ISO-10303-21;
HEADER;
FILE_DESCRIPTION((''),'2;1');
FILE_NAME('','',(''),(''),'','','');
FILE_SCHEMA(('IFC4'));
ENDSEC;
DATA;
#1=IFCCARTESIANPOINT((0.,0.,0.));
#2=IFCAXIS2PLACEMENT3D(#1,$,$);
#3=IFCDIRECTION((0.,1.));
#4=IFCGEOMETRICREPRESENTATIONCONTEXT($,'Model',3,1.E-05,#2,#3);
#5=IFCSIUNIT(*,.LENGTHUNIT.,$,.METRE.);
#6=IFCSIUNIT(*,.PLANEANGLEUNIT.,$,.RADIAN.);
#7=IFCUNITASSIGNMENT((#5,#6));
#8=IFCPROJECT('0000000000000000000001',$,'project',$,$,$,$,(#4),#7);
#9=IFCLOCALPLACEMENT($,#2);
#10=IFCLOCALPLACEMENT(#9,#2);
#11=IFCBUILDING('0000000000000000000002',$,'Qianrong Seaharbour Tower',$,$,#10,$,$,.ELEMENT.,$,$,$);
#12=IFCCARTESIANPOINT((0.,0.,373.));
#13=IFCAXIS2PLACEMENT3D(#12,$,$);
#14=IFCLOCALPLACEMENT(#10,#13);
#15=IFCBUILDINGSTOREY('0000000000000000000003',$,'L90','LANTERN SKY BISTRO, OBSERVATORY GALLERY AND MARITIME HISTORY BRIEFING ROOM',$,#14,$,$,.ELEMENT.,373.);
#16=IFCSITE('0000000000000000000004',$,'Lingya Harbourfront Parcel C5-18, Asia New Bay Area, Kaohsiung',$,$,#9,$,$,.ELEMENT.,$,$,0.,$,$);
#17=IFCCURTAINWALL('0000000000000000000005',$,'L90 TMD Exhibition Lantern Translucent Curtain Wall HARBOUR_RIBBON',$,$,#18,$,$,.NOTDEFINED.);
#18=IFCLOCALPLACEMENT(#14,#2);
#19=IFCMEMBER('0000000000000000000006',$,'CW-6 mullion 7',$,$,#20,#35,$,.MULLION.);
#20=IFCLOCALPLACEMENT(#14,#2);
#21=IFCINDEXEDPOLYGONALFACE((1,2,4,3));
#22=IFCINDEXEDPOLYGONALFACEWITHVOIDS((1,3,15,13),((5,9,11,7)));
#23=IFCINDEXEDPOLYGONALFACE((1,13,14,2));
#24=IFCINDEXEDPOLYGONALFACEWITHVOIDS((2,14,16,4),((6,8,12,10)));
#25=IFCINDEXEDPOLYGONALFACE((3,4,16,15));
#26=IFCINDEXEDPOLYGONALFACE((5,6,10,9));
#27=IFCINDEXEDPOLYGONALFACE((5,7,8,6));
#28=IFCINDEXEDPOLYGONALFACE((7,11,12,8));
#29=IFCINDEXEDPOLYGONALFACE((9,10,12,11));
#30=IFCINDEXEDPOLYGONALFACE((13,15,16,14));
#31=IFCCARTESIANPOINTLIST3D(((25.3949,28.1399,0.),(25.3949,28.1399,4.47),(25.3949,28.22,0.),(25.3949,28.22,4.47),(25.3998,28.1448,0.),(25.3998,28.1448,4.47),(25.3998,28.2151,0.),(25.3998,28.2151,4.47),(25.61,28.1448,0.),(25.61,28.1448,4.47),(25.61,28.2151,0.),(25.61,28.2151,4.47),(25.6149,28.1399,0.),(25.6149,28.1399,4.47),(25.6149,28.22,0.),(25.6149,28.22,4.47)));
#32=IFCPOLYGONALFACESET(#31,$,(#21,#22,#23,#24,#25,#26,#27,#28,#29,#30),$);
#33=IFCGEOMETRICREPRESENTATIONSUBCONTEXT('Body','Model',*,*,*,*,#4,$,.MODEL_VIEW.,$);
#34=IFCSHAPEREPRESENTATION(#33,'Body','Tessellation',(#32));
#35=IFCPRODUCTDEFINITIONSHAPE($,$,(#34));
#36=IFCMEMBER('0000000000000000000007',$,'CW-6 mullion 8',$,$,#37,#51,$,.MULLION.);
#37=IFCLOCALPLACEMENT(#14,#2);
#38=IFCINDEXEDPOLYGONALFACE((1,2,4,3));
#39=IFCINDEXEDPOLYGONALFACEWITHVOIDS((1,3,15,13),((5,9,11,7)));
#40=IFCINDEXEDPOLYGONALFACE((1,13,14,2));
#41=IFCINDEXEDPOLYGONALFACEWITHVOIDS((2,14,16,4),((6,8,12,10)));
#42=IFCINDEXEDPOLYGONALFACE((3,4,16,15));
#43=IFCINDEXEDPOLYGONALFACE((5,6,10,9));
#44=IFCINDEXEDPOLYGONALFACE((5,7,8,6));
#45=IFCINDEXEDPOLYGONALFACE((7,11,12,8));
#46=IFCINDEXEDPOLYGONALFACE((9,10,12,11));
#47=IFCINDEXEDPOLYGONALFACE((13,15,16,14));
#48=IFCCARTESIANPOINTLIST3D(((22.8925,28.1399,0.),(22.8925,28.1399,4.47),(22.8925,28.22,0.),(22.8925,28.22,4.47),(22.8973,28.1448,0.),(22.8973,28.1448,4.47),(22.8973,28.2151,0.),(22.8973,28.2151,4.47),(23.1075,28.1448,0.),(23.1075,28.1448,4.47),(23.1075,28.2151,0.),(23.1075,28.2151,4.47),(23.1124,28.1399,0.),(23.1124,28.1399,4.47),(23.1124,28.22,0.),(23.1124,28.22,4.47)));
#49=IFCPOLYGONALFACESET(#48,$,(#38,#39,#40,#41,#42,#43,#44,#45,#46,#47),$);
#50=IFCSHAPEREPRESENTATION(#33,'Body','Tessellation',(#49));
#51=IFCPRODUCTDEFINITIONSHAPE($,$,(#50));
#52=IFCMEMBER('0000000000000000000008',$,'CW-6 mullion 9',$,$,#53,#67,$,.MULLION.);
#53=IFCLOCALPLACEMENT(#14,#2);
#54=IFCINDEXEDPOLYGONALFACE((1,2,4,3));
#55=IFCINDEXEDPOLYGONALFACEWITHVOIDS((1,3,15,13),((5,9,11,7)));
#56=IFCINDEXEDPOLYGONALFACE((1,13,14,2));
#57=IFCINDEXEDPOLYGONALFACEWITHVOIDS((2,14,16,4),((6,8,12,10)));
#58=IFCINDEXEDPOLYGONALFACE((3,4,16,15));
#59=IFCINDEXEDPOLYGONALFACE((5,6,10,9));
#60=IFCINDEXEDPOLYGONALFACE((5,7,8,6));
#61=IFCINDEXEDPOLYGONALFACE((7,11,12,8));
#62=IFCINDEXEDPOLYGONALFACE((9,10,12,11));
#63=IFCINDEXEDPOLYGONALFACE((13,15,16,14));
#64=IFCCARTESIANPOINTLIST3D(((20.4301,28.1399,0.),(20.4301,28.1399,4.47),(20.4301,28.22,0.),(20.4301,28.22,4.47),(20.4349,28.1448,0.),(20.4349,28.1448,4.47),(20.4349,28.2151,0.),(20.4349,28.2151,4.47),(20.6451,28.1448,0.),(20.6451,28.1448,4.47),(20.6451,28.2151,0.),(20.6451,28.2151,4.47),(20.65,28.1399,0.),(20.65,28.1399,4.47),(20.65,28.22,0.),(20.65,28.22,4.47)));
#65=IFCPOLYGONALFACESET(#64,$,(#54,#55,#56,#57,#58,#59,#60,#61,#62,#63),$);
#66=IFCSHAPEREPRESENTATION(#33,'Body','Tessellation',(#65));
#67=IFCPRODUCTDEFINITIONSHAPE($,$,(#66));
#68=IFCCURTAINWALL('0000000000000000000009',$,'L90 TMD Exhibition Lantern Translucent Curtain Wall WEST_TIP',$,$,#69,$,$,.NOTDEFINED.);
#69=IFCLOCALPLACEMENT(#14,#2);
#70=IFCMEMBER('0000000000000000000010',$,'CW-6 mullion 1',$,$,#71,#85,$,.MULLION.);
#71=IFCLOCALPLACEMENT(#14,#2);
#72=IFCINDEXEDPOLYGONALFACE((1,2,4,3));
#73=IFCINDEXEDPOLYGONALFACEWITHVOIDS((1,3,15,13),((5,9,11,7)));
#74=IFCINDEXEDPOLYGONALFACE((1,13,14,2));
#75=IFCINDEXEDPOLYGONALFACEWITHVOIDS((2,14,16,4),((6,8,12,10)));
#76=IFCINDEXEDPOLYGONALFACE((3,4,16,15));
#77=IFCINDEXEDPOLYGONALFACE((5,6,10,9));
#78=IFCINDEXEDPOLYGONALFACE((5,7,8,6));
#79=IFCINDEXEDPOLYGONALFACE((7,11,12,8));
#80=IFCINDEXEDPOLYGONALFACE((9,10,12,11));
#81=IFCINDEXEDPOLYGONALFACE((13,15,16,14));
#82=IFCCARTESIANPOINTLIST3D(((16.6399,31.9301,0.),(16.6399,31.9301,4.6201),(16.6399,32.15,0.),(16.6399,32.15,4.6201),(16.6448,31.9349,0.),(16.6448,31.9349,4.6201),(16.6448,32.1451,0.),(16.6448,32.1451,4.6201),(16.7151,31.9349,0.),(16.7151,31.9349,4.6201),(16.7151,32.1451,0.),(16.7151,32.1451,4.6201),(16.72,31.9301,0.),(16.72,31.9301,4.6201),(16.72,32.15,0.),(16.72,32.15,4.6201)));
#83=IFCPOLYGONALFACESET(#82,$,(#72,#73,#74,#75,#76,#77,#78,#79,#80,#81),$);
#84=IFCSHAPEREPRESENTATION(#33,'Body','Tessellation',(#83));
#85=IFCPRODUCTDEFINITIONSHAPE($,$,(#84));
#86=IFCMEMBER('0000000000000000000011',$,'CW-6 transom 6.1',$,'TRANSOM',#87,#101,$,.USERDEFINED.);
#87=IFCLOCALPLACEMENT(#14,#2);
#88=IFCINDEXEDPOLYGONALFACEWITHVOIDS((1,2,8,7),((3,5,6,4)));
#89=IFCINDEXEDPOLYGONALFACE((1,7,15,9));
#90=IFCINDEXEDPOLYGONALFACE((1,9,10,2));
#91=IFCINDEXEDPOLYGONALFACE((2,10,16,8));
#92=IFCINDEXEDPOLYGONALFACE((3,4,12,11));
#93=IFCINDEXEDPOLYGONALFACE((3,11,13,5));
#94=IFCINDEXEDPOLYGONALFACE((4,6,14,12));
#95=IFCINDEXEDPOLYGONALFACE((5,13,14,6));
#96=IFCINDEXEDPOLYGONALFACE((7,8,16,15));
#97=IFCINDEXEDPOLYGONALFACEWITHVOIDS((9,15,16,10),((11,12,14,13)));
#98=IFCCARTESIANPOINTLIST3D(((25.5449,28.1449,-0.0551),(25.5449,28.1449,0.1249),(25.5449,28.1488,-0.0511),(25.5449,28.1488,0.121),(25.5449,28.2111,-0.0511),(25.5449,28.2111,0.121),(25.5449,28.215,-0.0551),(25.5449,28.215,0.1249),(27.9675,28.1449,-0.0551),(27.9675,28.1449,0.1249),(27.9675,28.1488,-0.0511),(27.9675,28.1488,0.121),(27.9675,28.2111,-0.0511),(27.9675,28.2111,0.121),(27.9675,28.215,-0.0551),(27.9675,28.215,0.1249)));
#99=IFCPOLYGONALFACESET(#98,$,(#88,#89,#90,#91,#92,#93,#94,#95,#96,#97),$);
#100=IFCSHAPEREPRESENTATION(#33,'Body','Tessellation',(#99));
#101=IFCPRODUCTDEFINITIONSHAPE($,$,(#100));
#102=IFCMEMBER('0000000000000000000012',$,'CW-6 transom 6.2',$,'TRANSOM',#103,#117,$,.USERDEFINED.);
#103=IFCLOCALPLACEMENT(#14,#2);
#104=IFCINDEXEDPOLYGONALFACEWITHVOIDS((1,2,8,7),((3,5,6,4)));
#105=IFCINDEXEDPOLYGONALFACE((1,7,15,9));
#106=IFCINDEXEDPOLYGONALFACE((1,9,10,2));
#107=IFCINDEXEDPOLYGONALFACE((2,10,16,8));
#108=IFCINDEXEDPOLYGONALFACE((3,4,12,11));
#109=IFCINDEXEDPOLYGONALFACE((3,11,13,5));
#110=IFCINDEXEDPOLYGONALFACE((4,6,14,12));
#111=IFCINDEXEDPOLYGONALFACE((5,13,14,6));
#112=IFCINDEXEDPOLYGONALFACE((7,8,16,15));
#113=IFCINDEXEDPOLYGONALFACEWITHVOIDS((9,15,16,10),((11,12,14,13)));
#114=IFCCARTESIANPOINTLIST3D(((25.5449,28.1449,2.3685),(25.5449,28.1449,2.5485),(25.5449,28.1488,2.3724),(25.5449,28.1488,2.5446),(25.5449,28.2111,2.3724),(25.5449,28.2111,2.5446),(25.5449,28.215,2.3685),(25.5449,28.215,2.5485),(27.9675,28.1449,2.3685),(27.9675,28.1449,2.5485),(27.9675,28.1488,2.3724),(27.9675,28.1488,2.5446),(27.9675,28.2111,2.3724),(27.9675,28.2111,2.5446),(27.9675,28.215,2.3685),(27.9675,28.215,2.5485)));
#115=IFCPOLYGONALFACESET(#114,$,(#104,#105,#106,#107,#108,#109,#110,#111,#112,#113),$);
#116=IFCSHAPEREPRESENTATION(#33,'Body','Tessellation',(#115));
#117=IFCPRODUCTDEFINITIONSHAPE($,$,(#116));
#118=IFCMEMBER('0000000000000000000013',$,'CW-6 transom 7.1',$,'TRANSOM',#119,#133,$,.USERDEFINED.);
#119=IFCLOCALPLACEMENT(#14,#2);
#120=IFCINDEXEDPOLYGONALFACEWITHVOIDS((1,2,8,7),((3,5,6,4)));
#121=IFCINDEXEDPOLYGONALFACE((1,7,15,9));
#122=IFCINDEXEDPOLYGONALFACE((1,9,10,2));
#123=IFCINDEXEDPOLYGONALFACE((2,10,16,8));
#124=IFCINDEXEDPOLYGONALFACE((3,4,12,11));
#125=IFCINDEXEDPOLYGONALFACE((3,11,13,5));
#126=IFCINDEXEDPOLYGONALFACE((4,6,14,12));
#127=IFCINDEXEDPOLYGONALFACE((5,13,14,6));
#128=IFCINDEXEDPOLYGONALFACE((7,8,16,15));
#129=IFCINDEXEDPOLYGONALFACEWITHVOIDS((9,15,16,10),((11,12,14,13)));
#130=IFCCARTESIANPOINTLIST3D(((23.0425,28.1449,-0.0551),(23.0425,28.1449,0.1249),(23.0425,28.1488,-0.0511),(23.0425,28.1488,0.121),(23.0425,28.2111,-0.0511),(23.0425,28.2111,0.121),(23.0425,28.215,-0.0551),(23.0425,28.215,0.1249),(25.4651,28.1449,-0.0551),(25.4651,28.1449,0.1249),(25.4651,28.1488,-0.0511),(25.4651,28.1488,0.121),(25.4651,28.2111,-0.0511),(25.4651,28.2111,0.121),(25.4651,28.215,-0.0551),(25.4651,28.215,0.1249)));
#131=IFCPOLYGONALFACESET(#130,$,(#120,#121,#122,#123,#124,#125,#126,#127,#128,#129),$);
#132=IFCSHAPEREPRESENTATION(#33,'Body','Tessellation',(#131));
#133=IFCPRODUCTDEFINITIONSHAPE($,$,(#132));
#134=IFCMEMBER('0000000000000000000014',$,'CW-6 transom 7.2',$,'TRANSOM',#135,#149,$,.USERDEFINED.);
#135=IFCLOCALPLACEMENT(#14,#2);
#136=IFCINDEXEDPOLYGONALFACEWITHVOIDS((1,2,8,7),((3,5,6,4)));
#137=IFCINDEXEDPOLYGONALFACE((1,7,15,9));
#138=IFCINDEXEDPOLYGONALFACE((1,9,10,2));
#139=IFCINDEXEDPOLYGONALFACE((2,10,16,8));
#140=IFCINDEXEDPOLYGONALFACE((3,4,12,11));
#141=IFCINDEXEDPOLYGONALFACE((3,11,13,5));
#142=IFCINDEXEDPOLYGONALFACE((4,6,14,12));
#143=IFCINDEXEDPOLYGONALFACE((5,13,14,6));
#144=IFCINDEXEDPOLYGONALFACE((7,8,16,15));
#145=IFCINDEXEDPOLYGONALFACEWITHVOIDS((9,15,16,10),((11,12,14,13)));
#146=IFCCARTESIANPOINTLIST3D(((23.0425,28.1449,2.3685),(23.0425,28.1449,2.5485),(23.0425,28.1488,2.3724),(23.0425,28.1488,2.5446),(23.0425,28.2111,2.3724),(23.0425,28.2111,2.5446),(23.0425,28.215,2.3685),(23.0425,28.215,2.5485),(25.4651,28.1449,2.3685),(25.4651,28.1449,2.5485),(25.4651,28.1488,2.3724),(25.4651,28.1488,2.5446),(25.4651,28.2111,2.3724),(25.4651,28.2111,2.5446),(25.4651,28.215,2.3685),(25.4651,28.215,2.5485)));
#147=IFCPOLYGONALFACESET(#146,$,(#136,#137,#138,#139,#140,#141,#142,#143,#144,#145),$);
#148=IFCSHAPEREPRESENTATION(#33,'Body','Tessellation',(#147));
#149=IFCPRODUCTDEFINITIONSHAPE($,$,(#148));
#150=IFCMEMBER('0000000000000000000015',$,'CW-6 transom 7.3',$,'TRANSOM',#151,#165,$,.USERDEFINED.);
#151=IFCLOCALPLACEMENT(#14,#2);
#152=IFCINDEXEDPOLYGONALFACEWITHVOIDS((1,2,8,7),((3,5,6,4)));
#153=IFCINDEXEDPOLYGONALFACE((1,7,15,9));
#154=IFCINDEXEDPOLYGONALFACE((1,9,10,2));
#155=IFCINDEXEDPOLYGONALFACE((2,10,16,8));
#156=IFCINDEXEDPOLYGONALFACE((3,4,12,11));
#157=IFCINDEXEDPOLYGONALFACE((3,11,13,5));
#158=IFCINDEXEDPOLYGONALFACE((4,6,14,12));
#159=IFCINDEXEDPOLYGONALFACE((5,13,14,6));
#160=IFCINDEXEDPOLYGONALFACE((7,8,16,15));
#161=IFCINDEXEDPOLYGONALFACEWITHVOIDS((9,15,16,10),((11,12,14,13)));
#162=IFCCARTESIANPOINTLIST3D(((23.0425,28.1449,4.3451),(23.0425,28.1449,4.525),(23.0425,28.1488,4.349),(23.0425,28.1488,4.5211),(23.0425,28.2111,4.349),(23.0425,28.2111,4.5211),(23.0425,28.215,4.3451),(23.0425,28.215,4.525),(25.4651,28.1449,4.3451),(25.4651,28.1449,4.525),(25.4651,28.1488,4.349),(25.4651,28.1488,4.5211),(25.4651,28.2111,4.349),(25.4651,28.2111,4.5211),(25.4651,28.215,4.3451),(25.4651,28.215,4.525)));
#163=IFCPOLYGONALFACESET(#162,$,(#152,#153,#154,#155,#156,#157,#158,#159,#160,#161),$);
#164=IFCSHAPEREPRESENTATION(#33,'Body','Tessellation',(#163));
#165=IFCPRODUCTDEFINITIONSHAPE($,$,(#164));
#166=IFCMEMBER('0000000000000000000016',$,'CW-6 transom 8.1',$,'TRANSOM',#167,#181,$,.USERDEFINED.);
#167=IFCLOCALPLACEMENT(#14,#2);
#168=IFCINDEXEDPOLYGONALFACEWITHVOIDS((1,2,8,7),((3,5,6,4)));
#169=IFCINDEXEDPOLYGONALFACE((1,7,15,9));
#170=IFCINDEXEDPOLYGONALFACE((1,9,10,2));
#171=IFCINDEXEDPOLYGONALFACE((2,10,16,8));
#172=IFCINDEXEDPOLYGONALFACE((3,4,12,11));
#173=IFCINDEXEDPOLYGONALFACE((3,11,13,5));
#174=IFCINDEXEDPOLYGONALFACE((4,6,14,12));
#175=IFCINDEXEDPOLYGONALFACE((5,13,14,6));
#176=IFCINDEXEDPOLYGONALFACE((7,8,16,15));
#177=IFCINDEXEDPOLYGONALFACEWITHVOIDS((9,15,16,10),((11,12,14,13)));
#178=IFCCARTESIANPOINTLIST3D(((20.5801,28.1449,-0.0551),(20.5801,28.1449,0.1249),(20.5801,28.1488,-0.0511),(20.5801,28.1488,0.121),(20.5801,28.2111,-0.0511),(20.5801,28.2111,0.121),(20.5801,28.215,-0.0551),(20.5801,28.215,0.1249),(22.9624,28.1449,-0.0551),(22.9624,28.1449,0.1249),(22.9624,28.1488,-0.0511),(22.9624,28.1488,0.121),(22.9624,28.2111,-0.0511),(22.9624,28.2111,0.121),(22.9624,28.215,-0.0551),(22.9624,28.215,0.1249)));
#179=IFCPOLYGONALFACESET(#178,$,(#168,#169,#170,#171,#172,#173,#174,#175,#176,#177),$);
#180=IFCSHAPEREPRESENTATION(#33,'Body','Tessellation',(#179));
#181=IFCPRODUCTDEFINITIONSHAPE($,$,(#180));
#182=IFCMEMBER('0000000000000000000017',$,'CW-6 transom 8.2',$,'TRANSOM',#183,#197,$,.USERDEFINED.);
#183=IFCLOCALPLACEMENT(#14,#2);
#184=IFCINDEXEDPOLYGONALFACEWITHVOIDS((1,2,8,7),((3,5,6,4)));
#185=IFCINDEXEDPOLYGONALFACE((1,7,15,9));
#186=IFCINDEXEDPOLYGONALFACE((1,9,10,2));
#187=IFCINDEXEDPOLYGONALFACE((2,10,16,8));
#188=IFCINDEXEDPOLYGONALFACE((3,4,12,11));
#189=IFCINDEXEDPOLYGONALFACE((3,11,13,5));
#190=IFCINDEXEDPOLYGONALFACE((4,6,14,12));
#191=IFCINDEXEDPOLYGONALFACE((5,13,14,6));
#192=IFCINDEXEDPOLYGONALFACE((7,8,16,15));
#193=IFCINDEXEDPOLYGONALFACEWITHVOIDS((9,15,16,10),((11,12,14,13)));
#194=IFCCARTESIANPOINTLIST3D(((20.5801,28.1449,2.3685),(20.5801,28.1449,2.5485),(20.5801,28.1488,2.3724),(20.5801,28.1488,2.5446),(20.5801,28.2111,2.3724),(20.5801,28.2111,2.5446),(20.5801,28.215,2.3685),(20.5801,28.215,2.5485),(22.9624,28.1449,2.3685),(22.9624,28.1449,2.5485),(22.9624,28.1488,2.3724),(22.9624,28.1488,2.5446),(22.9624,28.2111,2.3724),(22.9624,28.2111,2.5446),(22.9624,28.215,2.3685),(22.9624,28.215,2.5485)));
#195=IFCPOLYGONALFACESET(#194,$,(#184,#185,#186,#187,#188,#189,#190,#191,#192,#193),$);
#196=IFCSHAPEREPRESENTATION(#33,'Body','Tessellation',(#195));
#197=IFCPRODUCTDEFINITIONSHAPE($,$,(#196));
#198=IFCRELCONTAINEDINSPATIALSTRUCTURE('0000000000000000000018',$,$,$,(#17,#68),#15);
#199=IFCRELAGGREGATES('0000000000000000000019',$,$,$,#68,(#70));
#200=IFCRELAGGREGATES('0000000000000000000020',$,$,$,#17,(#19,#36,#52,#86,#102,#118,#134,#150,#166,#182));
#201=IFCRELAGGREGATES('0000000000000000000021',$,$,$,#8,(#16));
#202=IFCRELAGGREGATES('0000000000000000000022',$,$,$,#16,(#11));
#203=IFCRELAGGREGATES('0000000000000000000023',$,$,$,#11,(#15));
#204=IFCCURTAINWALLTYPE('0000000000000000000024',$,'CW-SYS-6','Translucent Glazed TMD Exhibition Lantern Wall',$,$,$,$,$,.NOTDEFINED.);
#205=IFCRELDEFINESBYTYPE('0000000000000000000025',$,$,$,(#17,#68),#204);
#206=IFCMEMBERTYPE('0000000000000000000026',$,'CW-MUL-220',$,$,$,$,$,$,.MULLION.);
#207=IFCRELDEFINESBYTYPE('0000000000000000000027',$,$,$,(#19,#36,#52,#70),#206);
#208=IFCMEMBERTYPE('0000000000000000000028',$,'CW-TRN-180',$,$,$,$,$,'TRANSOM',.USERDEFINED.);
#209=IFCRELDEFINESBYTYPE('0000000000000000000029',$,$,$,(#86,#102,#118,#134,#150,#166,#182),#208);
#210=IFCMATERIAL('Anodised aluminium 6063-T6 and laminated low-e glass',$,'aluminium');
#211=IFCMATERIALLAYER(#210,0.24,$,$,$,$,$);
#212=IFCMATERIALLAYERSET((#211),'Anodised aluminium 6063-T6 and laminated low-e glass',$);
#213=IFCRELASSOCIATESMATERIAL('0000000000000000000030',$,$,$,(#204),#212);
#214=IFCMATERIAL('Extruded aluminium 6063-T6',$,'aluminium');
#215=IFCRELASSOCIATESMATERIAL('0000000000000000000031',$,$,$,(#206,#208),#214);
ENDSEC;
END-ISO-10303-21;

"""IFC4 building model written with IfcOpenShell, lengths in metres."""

from ifc_helpers import new_model, si_unit, direction, frame, origin, origin_2d, place, context, subcontext, project, spatial, hollow_rectangle, extrude, material, layer, layer_set, material_profile, profile_set, type_object, element, aggregate, save


model = new_model("IFC4")

# Units and contexts
model_context = context("Model", 3, precision=1e-05, world=origin(), true_north=direction((0.0, 1.0)))
body_context = subcontext(model_context, "Body", "Model", "MODEL_VIEW")
ifc_project = project(units=[si_unit("LENGTHUNIT", "METRE"), si_unit("PLANEANGLEUNIT", "RADIAN")], contexts=[model_context])

# Site, building, storey
site_placement = place(None, origin())
site = spatial("IfcSite", under=ifc_project, at=site_placement, Name="Lingya Harbourfront Parcel C5-18, Asia New Bay Area, Kaohsiung", CompositionType="ELEMENT", RefElevation=0.0)
building_placement = place(site_placement, origin())
building = spatial("IfcBuilding", under=site, at=building_placement, Name="Qianrong Seaharbour Tower", CompositionType="ELEMENT")
storey_placement = place(building_placement, frame((0.0, 0.0, 373.0)))
storey = spatial("IfcBuildingStorey", under=building, at=storey_placement, Name="L90", Description="LANTERN SKY BISTRO, OBSERVATORY GALLERY AND MARITIME HISTORY BRIEFING ROOM", CompositionType="ELEMENT", Elevation=373.0)

# Curtain wall, members
ifc_material_1 = material(Name="Anodised aluminium 6063-T6 and laminated low-e glass", Category="aluminium")
ifc_layer_1 = layer(ifc_material_1, 0.24)
ifc_layer_set_1 = layer_set([ifc_layer_1], Name="Anodised aluminium 6063-T6 and laminated low-e glass")
curtain_wall_type = type_object("IfcCurtainWallType", Name="CW-SYS-6", Description="Translucent Glazed TMD Exhibition Lantern Wall", PredefinedType="NOTDEFINED", material=ifc_layer_set_1)
curtain_wall_1_placement = place(storey_placement, origin())
curtain_wall_1 = element("IfcCurtainWall", 1, at=curtain_wall_1_placement, inside=storey, type_object=curtain_wall_type, Name="L90 TMD Exhibition Lantern Translucent Curtain Wall HARBOUR_RIBBON", PredefinedType="NOTDEFINED")
ifc_material_2 = material(Name="Extruded aluminium 6063-T6", Category="aluminium")
ifc_material_profile_1 = material_profile(ifc_material_2, hollow_rectangle(XDim=0.0801, YDim=0.22, WallThickness=0.0049, at=origin_2d()), Name="ALU-MUL-220x80x5")
ifc_profile_set_1 = profile_set([ifc_material_profile_1], Name="Extruded aluminium 6063-T6")
member_type_1 = type_object("IfcMemberType", Name="CW-MUL-220", PredefinedType="MULLION", material=ifc_profile_set_1)
member_1_placement = place(storey_placement, frame((25.5049, 28.1799, 0.0), z_axis=(0.0, 0.0, 1.0), x_axis=(0.0, -1.0, 0.0)))
member_1 = element("IfcMember", 2, at=member_1_placement, type_object=member_type_1, Name="CW-6 mullion 7", PredefinedType="MULLION", context=body_context, shape_type="SweptSolid", body=[
    extrude(hollow_rectangle(XDim=0.0801, YDim=0.22, WallThickness=0.0049, at=origin_2d()), origin(), (0.0, 0.0, 1.0), 4.47),
])
member_2_placement = place(storey_placement, frame((23.0024, 28.1799, 0.0), z_axis=(0.0, 0.0, 1.0), x_axis=(0.0, -1.0, 0.0)))
member_2 = element("IfcMember", 3, at=member_2_placement, type_object=member_type_1, Name="CW-6 mullion 8", PredefinedType="MULLION", context=body_context, shape_type="SweptSolid", body=[
    extrude(hollow_rectangle(XDim=0.0801, YDim=0.22, WallThickness=0.0049, at=origin_2d()), origin(), (0.0, 0.0, 1.0), 4.47),
])
member_3_placement = place(storey_placement, frame((20.54, 28.1799, 0.0), z_axis=(0.0, 0.0, 1.0), x_axis=(0.0, -1.0, 0.0)))
member_3 = element("IfcMember", 4, at=member_3_placement, type_object=member_type_1, Name="CW-6 mullion 9", PredefinedType="MULLION", context=body_context, shape_type="SweptSolid", body=[
    extrude(hollow_rectangle(XDim=0.0801, YDim=0.22, WallThickness=0.0049, at=origin_2d()), origin(), (0.0, 0.0, 1.0), 4.47),
])

# Curtain wall, member
curtain_wall_2_placement = place(storey_placement, origin())
curtain_wall_2 = element("IfcCurtainWall", 5, at=curtain_wall_2_placement, inside=storey, type_object=curtain_wall_type, Name="L90 TMD Exhibition Lantern Translucent Curtain Wall WEST_TIP", PredefinedType="NOTDEFINED")
member_4_placement = place(storey_placement, frame((16.6799, 32.04, 0.0), z_axis=(0.0, 0.0, 1.0), x_axis=(-1.0, 0.0, 0.0)))
member_4 = element("IfcMember", 6, at=member_4_placement, type_object=member_type_1, Name="CW-6 mullion 1", PredefinedType="MULLION", context=body_context, shape_type="SweptSolid", body=[
    extrude(hollow_rectangle(XDim=0.0801, YDim=0.22, WallThickness=0.0049, at=origin_2d()), origin(), (0.0, 0.0, 1.0), 4.6201),
])
aggregate(curtain_wall_2, [member_4])

# Members
ifc_material_profile_2 = material_profile(ifc_material_2, hollow_rectangle(XDim=0.0701, YDim=0.1799, WallThickness=0.0039, at=origin_2d()), Name="ALU-TRN-180x70x4")
ifc_profile_set_2 = profile_set([ifc_material_profile_2], Name="Extruded aluminium 6063-T6")
member_type_2 = type_object("IfcMemberType", Name="CW-TRN-180", ElementType="TRANSOM", PredefinedType="USERDEFINED", material=ifc_profile_set_2)
member_5_placement = place(storey_placement, frame((27.9675, 28.1799, 0.0349), z_axis=(-1.0, 0.0, 0.0), x_axis=(0.0, -1.0, 0.0)))
member_5 = element("IfcMember", 7, at=member_5_placement, type_object=member_type_2, Name="CW-6 transom 6.1", ObjectType="TRANSOM", PredefinedType="USERDEFINED", context=body_context, shape_type="SweptSolid", body=[
    extrude(hollow_rectangle(XDim=0.0701, YDim=0.1799, WallThickness=0.0039, at=origin_2d()), origin(), (0.0, 0.0, 1.0), 2.4226),
])
member_6_placement = place(storey_placement, frame((27.9675, 28.1799, 2.4585), z_axis=(-1.0, 0.0, 0.0), x_axis=(0.0, -1.0, 0.0)))
member_6 = element("IfcMember", 8, at=member_6_placement, type_object=member_type_2, Name="CW-6 transom 6.2", ObjectType="TRANSOM", PredefinedType="USERDEFINED", context=body_context, shape_type="SweptSolid", body=[
    extrude(hollow_rectangle(XDim=0.0701, YDim=0.1799, WallThickness=0.0039, at=origin_2d()), origin(), (0.0, 0.0, 1.0), 2.4226),
])
member_7_placement = place(storey_placement, frame((25.4651, 28.1799, 0.0349), z_axis=(-1.0, 0.0, 0.0), x_axis=(0.0, -1.0, 0.0)))
member_7 = element("IfcMember", 9, at=member_7_placement, type_object=member_type_2, Name="CW-6 transom 7.1", ObjectType="TRANSOM", PredefinedType="USERDEFINED", context=body_context, shape_type="SweptSolid", body=[
    extrude(hollow_rectangle(XDim=0.0701, YDim=0.1799, WallThickness=0.0039, at=origin_2d()), origin(), (0.0, 0.0, 1.0), 2.4226),
])
member_8_placement = place(storey_placement, frame((25.4651, 28.1799, 2.4585), z_axis=(-1.0, 0.0, 0.0), x_axis=(0.0, -1.0, 0.0)))
member_8 = element("IfcMember", 10, at=member_8_placement, type_object=member_type_2, Name="CW-6 transom 7.2", ObjectType="TRANSOM", PredefinedType="USERDEFINED", context=body_context, shape_type="SweptSolid", body=[
    extrude(hollow_rectangle(XDim=0.0701, YDim=0.1799, WallThickness=0.0039, at=origin_2d()), origin(), (0.0, 0.0, 1.0), 2.4226),
])
member_9_placement = place(storey_placement, frame((25.4651, 28.1799, 4.4351), z_axis=(-1.0, 0.0, 0.0), x_axis=(0.0, -1.0, 0.0)))
member_9 = element("IfcMember", 11, at=member_9_placement, type_object=member_type_2, Name="CW-6 transom 7.3", ObjectType="TRANSOM", PredefinedType="USERDEFINED", context=body_context, shape_type="SweptSolid", body=[
    extrude(hollow_rectangle(XDim=0.0701, YDim=0.1799, WallThickness=0.0039, at=origin_2d()), origin(), (0.0, 0.0, 1.0), 2.4226),
])
member_10_placement = place(storey_placement, frame((22.9624, 28.1799, 0.0349), z_axis=(-1.0, 0.0, 0.0), x_axis=(0.0, -1.0, 0.0)))
member_10 = element("IfcMember", 12, at=member_10_placement, type_object=member_type_2, Name="CW-6 transom 8.1", ObjectType="TRANSOM", PredefinedType="USERDEFINED", context=body_context, shape_type="SweptSolid", body=[
    extrude(hollow_rectangle(XDim=0.0701, YDim=0.1799, WallThickness=0.0039, at=origin_2d()), origin(), (0.0, 0.0, 1.0), 2.3823),
])
member_11_placement = place(storey_placement, frame((22.9624, 28.1799, 2.4585), z_axis=(-1.0, 0.0, 0.0), x_axis=(0.0, -1.0, 0.0)))
member_11 = element("IfcMember", 13, at=member_11_placement, type_object=member_type_2, Name="CW-6 transom 8.2", ObjectType="TRANSOM", PredefinedType="USERDEFINED", context=body_context, shape_type="SweptSolid", body=[
    extrude(hollow_rectangle(XDim=0.0701, YDim=0.1799, WallThickness=0.0039, at=origin_2d()), origin(), (0.0, 0.0, 1.0), 2.3823),
])

aggregate(curtain_wall_1, [member_1, member_2, member_3, member_5, member_6, member_7, member_8, member_9, member_10, member_11])

save(model, "model.ifc")
